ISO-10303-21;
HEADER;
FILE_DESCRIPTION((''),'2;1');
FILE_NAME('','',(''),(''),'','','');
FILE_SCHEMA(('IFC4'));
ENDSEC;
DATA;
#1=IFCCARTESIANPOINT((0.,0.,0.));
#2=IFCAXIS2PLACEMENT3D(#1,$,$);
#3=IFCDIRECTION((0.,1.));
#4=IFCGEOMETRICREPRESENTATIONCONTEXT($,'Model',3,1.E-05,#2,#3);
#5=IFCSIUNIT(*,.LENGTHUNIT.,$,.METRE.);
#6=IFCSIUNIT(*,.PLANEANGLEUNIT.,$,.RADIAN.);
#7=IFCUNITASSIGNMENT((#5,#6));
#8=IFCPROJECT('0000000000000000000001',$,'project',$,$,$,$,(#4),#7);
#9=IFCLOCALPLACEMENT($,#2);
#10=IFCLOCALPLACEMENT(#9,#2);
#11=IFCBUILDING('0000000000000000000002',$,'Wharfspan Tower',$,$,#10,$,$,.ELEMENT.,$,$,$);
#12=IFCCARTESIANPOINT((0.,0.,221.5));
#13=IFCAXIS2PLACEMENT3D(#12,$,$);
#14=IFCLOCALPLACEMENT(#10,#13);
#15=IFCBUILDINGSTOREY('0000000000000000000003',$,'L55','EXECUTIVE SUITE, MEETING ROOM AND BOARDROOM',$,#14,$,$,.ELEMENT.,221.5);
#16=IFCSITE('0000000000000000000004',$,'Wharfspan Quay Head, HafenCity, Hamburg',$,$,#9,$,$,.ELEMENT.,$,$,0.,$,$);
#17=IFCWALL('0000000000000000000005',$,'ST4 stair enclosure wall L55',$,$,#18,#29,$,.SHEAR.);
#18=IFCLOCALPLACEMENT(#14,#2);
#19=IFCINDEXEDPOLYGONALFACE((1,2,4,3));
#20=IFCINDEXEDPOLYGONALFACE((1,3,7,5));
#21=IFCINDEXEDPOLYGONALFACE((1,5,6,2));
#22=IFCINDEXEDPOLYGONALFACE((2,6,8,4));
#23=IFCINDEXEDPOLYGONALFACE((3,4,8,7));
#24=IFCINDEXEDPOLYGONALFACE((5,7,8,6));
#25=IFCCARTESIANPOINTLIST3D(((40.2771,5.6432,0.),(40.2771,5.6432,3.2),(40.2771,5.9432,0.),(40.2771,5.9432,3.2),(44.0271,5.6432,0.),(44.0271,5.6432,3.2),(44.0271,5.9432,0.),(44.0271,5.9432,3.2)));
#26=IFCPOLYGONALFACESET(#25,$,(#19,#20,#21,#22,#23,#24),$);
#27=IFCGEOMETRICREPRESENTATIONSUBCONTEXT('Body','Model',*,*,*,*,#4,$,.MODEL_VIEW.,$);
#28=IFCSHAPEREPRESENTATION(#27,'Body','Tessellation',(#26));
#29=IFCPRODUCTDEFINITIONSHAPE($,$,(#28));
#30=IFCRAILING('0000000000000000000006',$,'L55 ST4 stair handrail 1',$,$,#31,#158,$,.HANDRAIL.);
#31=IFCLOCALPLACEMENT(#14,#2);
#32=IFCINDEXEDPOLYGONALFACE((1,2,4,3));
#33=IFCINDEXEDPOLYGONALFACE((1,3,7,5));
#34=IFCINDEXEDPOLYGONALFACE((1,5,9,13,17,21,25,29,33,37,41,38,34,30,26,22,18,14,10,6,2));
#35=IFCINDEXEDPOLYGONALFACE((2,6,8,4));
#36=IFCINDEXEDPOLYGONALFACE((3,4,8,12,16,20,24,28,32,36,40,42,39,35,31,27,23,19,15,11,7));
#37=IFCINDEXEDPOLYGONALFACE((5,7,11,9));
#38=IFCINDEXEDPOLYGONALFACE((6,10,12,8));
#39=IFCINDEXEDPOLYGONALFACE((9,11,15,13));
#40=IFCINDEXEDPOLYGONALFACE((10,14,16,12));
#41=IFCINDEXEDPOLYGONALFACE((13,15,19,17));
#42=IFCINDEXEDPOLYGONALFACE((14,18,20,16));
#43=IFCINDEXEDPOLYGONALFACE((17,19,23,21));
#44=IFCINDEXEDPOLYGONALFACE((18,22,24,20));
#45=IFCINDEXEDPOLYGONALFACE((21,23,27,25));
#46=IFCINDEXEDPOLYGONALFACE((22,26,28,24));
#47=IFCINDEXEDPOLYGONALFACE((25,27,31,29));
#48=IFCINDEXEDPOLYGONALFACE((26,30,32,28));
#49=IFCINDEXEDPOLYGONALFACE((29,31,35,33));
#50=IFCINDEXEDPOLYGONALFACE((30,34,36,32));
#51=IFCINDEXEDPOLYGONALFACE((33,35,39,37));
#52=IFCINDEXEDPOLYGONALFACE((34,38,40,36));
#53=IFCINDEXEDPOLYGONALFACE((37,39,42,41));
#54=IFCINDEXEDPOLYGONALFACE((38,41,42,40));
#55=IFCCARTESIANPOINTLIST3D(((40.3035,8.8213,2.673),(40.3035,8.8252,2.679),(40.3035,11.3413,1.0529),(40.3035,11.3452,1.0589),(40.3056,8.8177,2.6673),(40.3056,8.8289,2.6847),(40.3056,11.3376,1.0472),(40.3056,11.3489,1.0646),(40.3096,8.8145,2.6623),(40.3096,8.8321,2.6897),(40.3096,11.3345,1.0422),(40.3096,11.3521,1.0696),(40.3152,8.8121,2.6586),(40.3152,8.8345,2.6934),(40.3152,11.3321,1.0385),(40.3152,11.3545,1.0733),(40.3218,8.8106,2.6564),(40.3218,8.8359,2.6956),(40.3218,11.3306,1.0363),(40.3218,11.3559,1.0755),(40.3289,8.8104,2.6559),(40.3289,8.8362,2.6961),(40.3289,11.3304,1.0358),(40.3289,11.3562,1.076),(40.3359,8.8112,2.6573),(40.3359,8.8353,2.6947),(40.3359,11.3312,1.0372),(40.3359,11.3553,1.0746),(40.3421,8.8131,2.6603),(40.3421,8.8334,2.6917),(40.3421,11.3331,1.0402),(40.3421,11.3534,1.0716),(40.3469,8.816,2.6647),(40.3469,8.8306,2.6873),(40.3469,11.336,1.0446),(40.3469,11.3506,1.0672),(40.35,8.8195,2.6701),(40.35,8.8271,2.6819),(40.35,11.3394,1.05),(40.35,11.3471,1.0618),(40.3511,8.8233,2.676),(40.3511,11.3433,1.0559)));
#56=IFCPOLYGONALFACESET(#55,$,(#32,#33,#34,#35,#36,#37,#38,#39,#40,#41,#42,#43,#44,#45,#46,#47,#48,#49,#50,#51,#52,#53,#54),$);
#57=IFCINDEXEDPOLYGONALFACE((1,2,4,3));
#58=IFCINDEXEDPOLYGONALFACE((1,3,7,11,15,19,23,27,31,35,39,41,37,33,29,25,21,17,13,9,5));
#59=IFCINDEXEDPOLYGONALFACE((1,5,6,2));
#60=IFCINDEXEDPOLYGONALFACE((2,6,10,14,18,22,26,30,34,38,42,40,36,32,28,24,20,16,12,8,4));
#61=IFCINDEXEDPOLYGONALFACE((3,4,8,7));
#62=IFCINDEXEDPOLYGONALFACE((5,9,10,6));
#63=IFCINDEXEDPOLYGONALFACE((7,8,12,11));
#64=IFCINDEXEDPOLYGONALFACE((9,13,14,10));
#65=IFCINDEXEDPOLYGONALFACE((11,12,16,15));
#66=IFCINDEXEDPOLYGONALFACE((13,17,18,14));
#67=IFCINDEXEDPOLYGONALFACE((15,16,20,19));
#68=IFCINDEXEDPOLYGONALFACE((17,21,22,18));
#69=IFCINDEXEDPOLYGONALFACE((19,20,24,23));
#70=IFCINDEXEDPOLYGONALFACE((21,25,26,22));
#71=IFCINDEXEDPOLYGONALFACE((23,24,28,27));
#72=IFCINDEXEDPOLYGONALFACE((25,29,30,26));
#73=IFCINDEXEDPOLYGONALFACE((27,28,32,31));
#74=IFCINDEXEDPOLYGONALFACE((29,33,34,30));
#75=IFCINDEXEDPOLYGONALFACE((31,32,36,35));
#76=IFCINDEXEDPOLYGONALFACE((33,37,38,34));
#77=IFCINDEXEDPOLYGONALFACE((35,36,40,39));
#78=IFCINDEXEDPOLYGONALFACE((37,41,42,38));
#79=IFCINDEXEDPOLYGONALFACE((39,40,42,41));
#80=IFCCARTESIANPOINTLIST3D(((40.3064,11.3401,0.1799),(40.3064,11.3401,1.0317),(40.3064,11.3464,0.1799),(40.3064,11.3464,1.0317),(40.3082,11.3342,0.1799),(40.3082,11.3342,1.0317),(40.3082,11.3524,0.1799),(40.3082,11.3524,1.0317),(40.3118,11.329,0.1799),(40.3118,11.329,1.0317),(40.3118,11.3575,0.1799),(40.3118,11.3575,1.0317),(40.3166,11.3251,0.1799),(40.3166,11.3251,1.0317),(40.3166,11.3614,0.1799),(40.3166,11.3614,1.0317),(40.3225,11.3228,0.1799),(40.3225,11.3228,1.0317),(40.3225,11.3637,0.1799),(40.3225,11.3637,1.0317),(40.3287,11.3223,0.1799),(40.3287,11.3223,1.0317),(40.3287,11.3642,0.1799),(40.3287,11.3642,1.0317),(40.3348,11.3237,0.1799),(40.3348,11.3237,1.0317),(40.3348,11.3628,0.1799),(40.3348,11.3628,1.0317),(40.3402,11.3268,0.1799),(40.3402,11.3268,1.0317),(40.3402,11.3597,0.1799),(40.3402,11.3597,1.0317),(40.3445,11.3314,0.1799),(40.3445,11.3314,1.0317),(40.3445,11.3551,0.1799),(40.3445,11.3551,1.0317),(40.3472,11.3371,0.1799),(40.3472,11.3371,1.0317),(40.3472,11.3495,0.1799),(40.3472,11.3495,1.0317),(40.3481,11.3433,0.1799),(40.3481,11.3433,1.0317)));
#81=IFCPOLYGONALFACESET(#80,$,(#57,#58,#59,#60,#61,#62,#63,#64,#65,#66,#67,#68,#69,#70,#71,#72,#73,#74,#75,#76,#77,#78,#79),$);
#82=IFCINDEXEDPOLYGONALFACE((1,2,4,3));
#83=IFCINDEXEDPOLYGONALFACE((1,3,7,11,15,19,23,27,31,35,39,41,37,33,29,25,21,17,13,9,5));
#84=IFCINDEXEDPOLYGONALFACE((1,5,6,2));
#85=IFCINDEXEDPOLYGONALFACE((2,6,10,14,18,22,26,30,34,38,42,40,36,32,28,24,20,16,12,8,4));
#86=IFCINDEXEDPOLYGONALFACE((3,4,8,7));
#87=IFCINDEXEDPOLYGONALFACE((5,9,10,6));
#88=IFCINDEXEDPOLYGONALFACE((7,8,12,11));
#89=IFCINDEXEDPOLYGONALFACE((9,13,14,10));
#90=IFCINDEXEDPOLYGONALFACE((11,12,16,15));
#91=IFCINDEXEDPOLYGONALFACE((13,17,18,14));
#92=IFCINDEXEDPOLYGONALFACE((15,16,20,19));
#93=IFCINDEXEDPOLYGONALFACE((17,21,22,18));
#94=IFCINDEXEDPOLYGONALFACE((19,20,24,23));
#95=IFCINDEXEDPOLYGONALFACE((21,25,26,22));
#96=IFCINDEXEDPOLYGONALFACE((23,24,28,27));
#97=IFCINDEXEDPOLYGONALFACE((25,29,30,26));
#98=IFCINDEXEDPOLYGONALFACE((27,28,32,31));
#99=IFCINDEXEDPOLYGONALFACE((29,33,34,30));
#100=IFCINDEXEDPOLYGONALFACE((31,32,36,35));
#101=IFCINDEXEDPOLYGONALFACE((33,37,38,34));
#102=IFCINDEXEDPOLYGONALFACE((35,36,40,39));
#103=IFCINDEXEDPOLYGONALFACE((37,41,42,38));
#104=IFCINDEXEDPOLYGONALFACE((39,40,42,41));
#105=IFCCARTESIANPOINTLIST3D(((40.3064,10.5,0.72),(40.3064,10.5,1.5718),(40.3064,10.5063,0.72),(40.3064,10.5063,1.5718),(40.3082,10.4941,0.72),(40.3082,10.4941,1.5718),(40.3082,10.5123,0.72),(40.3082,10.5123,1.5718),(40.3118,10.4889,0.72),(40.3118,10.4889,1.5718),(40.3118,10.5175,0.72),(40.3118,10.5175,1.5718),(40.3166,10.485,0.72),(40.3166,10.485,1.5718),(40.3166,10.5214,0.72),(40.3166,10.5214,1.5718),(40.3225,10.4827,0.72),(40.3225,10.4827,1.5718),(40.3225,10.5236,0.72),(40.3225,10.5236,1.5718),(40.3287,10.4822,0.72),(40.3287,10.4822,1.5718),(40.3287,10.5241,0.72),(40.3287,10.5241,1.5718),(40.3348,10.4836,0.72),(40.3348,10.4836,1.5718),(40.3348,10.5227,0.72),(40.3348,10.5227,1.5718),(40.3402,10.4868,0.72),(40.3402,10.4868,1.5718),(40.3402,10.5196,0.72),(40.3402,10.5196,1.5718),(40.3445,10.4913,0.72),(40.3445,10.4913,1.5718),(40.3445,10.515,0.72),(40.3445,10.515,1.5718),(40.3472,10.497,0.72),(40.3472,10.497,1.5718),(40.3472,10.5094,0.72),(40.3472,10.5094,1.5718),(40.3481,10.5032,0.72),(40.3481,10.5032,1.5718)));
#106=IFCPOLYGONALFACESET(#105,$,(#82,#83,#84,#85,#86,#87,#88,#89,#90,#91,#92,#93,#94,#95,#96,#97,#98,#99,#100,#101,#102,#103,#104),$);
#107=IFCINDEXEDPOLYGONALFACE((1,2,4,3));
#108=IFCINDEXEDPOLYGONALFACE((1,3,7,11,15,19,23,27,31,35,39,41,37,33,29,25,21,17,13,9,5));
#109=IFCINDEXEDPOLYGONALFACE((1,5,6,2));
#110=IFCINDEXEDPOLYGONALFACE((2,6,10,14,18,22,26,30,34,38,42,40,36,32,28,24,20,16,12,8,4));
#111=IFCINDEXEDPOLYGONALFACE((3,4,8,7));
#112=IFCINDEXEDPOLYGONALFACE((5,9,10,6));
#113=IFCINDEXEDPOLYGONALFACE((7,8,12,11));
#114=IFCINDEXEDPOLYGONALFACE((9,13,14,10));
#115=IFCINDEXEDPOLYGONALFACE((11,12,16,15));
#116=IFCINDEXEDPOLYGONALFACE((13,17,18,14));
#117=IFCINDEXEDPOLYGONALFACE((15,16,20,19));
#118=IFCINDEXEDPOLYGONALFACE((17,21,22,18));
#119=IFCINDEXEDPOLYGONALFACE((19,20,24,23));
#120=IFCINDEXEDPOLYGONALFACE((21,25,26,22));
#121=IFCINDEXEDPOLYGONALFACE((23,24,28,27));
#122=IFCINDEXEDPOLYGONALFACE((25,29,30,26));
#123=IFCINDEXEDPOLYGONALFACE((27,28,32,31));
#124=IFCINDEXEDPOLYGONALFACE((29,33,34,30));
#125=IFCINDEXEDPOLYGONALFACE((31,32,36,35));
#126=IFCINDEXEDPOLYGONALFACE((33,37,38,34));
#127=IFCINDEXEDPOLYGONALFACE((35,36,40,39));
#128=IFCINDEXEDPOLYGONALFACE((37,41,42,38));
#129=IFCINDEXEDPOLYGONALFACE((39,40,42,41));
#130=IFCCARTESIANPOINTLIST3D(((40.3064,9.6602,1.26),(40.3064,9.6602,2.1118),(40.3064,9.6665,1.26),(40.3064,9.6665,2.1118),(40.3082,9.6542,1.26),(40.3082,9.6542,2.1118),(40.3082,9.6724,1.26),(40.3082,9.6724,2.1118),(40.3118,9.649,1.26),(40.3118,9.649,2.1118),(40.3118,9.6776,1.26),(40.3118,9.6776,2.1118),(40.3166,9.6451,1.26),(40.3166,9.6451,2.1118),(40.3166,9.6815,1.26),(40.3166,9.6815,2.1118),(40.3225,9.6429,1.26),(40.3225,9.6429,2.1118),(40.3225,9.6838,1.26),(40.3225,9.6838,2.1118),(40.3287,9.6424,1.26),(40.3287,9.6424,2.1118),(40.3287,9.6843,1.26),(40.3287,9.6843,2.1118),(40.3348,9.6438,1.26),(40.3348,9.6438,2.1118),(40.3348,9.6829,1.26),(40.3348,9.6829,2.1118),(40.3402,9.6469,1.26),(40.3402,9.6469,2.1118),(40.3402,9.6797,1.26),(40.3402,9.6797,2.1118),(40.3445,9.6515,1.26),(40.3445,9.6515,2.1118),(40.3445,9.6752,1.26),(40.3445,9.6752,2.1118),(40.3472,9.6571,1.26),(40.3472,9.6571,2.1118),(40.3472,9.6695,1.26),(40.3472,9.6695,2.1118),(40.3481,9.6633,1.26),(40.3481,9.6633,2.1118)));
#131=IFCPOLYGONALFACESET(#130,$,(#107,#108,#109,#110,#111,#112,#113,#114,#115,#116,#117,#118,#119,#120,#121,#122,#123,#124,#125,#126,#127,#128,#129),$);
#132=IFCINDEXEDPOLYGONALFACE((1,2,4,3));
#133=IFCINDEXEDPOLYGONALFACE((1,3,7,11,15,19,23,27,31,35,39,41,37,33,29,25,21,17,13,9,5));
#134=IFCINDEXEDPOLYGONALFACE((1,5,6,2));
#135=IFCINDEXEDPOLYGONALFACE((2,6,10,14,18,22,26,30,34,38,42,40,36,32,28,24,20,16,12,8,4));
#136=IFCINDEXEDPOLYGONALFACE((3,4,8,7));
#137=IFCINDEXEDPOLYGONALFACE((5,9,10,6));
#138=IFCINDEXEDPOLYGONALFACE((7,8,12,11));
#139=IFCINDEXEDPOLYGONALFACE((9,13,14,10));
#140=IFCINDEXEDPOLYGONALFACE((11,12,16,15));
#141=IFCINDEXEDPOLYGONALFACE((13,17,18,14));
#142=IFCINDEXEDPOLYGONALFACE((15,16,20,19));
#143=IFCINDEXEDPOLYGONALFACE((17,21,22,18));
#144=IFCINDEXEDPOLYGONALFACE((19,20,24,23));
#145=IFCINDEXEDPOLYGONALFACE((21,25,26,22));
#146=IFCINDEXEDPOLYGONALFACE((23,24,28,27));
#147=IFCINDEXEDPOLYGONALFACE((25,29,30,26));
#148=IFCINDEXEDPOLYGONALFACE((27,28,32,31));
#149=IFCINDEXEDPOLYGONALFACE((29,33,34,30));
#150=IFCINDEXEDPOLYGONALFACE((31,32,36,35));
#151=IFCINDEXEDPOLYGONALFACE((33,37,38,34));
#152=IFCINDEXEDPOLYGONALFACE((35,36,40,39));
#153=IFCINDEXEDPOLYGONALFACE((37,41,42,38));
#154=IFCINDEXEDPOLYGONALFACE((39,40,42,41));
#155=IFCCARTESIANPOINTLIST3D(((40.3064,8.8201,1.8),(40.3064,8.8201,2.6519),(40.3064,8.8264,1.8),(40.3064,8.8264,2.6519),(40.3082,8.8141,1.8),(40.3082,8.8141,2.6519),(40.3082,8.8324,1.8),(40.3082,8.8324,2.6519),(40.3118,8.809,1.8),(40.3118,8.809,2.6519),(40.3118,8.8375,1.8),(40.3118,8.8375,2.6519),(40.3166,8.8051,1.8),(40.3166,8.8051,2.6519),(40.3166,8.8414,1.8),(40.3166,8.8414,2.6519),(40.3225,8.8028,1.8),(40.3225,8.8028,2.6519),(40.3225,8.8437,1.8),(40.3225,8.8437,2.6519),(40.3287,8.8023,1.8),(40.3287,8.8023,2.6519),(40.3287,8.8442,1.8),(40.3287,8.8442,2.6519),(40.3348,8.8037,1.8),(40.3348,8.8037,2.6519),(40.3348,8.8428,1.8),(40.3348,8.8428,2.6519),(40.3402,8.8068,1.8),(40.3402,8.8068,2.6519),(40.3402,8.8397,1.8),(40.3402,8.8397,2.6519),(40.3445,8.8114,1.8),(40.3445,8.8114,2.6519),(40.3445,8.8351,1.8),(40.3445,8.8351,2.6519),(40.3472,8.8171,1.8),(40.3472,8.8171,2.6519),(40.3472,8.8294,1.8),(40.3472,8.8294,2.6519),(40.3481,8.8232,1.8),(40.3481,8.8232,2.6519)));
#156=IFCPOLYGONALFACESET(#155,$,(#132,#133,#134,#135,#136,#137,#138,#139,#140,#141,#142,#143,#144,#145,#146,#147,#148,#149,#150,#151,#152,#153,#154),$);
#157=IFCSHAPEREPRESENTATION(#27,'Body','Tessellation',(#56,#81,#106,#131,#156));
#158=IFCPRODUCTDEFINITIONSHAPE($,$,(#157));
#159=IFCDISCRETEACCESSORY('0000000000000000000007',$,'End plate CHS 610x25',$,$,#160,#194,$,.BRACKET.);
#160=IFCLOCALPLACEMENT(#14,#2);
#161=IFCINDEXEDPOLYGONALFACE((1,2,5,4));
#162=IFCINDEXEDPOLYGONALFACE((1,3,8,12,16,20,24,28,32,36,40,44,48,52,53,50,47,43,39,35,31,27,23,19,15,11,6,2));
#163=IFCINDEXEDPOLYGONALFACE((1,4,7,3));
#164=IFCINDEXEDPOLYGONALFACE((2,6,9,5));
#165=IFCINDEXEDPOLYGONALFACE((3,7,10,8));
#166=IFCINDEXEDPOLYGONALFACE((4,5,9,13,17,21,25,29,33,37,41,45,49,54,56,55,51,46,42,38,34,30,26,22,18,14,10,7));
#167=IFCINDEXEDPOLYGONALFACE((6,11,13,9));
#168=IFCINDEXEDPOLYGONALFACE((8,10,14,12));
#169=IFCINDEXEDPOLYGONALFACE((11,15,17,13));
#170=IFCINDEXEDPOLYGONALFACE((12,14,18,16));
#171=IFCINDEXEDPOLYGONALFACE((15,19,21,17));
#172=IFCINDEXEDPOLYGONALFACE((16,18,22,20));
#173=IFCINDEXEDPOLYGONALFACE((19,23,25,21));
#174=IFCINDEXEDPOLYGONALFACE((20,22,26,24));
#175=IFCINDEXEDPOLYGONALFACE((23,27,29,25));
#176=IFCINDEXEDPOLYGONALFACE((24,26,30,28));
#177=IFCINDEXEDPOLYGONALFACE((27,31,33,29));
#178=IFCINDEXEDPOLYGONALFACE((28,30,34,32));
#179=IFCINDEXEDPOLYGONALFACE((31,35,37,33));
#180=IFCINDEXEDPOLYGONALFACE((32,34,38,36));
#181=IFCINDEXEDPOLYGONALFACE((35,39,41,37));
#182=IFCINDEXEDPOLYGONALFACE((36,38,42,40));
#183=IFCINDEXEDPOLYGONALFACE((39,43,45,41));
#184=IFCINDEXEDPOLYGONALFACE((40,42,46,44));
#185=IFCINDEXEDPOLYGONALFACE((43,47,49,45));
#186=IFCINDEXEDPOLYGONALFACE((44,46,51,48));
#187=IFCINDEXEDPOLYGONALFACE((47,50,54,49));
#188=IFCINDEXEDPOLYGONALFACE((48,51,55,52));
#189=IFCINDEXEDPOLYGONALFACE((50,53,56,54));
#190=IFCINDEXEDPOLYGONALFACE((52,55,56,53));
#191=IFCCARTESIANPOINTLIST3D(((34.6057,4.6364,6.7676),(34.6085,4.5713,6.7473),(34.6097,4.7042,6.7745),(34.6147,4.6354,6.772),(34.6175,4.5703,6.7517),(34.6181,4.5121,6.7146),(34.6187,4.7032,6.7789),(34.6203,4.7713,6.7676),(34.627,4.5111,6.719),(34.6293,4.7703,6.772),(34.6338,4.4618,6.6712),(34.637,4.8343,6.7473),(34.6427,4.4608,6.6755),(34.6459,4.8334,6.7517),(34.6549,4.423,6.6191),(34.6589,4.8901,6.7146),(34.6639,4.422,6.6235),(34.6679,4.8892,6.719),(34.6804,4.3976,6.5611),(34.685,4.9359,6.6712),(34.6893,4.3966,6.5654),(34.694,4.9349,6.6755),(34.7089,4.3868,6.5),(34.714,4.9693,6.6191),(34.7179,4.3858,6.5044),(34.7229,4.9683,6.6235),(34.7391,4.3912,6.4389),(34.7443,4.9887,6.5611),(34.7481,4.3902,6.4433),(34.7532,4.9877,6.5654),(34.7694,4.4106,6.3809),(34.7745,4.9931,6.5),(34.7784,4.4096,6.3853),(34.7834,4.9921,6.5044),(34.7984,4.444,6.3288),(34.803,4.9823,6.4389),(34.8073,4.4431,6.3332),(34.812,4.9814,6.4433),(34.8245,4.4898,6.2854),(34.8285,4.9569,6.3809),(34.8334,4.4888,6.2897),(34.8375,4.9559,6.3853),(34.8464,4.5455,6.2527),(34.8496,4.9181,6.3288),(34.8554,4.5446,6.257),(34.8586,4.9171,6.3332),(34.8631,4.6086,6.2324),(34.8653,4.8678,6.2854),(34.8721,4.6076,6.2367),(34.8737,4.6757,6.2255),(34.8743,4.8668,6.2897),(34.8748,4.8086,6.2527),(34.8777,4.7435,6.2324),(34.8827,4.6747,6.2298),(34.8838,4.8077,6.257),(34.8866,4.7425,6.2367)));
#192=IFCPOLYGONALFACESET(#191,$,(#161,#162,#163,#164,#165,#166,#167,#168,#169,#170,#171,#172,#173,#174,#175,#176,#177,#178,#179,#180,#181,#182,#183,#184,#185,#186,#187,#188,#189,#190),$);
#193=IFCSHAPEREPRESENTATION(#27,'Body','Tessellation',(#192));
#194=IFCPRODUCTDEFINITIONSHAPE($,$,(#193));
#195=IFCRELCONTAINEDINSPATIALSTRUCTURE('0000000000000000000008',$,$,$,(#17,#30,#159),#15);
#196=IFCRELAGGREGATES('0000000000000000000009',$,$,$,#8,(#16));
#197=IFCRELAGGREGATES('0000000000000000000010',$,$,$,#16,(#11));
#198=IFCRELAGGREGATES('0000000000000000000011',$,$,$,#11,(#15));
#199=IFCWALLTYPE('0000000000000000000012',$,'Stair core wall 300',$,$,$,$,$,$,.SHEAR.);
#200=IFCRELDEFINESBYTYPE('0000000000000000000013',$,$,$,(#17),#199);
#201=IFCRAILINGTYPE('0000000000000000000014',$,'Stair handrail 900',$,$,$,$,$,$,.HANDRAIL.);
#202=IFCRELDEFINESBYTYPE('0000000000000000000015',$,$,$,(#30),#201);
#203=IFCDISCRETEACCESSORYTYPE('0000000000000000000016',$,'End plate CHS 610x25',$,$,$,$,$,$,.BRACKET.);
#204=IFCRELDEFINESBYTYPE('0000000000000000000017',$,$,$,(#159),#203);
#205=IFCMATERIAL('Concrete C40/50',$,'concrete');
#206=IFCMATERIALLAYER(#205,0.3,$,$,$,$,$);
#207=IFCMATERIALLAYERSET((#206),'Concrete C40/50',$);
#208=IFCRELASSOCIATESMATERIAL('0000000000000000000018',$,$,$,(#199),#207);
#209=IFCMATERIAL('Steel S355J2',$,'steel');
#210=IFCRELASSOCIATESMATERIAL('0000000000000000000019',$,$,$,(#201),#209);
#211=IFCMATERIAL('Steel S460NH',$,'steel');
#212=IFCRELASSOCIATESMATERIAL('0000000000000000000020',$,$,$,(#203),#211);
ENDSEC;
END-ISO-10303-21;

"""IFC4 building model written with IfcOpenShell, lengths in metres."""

from ifc_helpers import new_model, si_unit, direction, frame, frame_2d, origin, origin_2d, place, context, subcontext, project, spatial, rectangle, circle, extrude, material, layer, layer_set, material_profile, profile_set, type_object, element, save


model = new_model("IFC4")

# Units and contexts
model_context = context("Model", 3, precision=1e-05, world=origin(), true_north=direction((0.0, 1.0)))
body_context = subcontext(model_context, "Body", "Model", "MODEL_VIEW")
ifc_project = project(units=[si_unit("LENGTHUNIT", "METRE"), si_unit("PLANEANGLEUNIT", "RADIAN")], contexts=[model_context])

# Site, building, storey
site_placement = place(None, origin())
site = spatial("IfcSite", under=ifc_project, at=site_placement, Name="Wharfspan Quay Head, HafenCity, Hamburg", CompositionType="ELEMENT", RefElevation=0.0)
building_placement = place(site_placement, origin())
building = spatial("IfcBuilding", under=site, at=building_placement, Name="Wharfspan Tower", CompositionType="ELEMENT")
storey_placement = place(building_placement, frame((0.0, 0.0, 221.5)))
storey = spatial("IfcBuildingStorey", under=building, at=storey_placement, Name="L55", Description="EXECUTIVE SUITE, MEETING ROOM AND BOARDROOM", CompositionType="ELEMENT", Elevation=221.5)

# Shared definitions
ifc_material_1 = material(Name="Steel S355J2", Category="steel")

# Shared definitions
ifc_material_2 = material(Name="Concrete C40/50", Category="concrete")

# Shared definitions
ifc_layer_1 = layer(ifc_material_2, 0.3)
ifc_layer_set_1 = layer_set([ifc_layer_1], Name="Concrete C40/50")
wall_type_1 = type_object("IfcWallType", Name="Stair core wall 300", PredefinedType="SHEAR", material=ifc_layer_set_1)

# Wall
wall_1_placement = place(storey_placement, frame((40.2771, 5.7932, 0.0), z_axis=(0.0, 0.0, 1.0), x_axis=(1.0, 0.0, 0.0)))
element("IfcWall", 1, at=wall_1_placement, inside=storey, type_object=wall_type_1, Name="ST4 stair enclosure wall L55", PredefinedType="SHEAR", context=body_context, shape_type="SweptSolid", body=[
    extrude(rectangle(XDim=3.75, YDim=0.3, at=frame_2d((1.875, 0.0))), origin(), (0.0, 0.0, 1.0), 3.2),
])

# Railing
railing_type = type_object("IfcRailingType", Name="Stair handrail 900", PredefinedType="HANDRAIL", material=ifc_material_1)
railing_placement = place(storey_placement, frame((40.3271, 11.3433, 0.1799)))
element("IfcRailing", 2, at=railing_placement, inside=storey, type_object=railing_type, Name="L55 ST4 stair handrail 1", PredefinedType="HANDRAIL", context=body_context, shape_type="SweptSolid", body=[
    extrude(circle(Radius=0.0239, at=origin_2d()), frame((0.0, 0.0, 0.876), z_axis=(0.0, -0.841163, 0.540782), x_axis=(1.0, 0.0, 0.0)), (0.0, 0.0, 1.0), 2.9958),
    extrude(circle(Radius=0.021, at=origin_2d()), origin(), (0.0, 0.0, 1.0), 0.8518),
    extrude(circle(Radius=0.021, at=origin_2d()), frame((0.0, -0.8401, 0.54)), (0.0, 0.0, 1.0), 0.8518),
    extrude(circle(Radius=0.021, at=origin_2d()), frame((0.0, -1.6799, 1.0801)), (0.0, 0.0, 1.0), 0.8518),
    extrude(circle(Radius=0.021, at=origin_2d()), frame((0.0, -2.52, 1.6201)), (0.0, 0.0, 1.0), 0.8518),
])

# Discrete accessory
ifc_material_3 = material(Name="Steel S460NH", Category="steel")
ifc_material_profile_1 = material_profile(ifc_material_3, circle(Radius=0.3049, at=origin_2d()))
ifc_profile_set_1 = profile_set([ifc_material_profile_1], Name="Steel S460NH")
discrete_accessory_type = type_object("IfcDiscreteAccessoryType", Name="End plate CHS 610x25", PredefinedType="BRACKET", material=ifc_profile_set_1)
discrete_accessory_placement = place(storey_placement, frame((34.7417, 4.6899, 6.5), z_axis=(0.895016, -0.096758, 0.435413), x_axis=(0.107482, 0.994209, -0.000001)))
element("IfcDiscreteAccessory", 3, at=discrete_accessory_placement, inside=storey, type_object=discrete_accessory_type, Name="End plate CHS 610x25", PredefinedType="BRACKET", context=body_context, shape_type="SweptSolid", body=[
    extrude(circle(Radius=0.3049, at=origin_2d()), origin(), (0.0, 0.0, 1.0), 0.01),
])

save(model, "model.ifc")
